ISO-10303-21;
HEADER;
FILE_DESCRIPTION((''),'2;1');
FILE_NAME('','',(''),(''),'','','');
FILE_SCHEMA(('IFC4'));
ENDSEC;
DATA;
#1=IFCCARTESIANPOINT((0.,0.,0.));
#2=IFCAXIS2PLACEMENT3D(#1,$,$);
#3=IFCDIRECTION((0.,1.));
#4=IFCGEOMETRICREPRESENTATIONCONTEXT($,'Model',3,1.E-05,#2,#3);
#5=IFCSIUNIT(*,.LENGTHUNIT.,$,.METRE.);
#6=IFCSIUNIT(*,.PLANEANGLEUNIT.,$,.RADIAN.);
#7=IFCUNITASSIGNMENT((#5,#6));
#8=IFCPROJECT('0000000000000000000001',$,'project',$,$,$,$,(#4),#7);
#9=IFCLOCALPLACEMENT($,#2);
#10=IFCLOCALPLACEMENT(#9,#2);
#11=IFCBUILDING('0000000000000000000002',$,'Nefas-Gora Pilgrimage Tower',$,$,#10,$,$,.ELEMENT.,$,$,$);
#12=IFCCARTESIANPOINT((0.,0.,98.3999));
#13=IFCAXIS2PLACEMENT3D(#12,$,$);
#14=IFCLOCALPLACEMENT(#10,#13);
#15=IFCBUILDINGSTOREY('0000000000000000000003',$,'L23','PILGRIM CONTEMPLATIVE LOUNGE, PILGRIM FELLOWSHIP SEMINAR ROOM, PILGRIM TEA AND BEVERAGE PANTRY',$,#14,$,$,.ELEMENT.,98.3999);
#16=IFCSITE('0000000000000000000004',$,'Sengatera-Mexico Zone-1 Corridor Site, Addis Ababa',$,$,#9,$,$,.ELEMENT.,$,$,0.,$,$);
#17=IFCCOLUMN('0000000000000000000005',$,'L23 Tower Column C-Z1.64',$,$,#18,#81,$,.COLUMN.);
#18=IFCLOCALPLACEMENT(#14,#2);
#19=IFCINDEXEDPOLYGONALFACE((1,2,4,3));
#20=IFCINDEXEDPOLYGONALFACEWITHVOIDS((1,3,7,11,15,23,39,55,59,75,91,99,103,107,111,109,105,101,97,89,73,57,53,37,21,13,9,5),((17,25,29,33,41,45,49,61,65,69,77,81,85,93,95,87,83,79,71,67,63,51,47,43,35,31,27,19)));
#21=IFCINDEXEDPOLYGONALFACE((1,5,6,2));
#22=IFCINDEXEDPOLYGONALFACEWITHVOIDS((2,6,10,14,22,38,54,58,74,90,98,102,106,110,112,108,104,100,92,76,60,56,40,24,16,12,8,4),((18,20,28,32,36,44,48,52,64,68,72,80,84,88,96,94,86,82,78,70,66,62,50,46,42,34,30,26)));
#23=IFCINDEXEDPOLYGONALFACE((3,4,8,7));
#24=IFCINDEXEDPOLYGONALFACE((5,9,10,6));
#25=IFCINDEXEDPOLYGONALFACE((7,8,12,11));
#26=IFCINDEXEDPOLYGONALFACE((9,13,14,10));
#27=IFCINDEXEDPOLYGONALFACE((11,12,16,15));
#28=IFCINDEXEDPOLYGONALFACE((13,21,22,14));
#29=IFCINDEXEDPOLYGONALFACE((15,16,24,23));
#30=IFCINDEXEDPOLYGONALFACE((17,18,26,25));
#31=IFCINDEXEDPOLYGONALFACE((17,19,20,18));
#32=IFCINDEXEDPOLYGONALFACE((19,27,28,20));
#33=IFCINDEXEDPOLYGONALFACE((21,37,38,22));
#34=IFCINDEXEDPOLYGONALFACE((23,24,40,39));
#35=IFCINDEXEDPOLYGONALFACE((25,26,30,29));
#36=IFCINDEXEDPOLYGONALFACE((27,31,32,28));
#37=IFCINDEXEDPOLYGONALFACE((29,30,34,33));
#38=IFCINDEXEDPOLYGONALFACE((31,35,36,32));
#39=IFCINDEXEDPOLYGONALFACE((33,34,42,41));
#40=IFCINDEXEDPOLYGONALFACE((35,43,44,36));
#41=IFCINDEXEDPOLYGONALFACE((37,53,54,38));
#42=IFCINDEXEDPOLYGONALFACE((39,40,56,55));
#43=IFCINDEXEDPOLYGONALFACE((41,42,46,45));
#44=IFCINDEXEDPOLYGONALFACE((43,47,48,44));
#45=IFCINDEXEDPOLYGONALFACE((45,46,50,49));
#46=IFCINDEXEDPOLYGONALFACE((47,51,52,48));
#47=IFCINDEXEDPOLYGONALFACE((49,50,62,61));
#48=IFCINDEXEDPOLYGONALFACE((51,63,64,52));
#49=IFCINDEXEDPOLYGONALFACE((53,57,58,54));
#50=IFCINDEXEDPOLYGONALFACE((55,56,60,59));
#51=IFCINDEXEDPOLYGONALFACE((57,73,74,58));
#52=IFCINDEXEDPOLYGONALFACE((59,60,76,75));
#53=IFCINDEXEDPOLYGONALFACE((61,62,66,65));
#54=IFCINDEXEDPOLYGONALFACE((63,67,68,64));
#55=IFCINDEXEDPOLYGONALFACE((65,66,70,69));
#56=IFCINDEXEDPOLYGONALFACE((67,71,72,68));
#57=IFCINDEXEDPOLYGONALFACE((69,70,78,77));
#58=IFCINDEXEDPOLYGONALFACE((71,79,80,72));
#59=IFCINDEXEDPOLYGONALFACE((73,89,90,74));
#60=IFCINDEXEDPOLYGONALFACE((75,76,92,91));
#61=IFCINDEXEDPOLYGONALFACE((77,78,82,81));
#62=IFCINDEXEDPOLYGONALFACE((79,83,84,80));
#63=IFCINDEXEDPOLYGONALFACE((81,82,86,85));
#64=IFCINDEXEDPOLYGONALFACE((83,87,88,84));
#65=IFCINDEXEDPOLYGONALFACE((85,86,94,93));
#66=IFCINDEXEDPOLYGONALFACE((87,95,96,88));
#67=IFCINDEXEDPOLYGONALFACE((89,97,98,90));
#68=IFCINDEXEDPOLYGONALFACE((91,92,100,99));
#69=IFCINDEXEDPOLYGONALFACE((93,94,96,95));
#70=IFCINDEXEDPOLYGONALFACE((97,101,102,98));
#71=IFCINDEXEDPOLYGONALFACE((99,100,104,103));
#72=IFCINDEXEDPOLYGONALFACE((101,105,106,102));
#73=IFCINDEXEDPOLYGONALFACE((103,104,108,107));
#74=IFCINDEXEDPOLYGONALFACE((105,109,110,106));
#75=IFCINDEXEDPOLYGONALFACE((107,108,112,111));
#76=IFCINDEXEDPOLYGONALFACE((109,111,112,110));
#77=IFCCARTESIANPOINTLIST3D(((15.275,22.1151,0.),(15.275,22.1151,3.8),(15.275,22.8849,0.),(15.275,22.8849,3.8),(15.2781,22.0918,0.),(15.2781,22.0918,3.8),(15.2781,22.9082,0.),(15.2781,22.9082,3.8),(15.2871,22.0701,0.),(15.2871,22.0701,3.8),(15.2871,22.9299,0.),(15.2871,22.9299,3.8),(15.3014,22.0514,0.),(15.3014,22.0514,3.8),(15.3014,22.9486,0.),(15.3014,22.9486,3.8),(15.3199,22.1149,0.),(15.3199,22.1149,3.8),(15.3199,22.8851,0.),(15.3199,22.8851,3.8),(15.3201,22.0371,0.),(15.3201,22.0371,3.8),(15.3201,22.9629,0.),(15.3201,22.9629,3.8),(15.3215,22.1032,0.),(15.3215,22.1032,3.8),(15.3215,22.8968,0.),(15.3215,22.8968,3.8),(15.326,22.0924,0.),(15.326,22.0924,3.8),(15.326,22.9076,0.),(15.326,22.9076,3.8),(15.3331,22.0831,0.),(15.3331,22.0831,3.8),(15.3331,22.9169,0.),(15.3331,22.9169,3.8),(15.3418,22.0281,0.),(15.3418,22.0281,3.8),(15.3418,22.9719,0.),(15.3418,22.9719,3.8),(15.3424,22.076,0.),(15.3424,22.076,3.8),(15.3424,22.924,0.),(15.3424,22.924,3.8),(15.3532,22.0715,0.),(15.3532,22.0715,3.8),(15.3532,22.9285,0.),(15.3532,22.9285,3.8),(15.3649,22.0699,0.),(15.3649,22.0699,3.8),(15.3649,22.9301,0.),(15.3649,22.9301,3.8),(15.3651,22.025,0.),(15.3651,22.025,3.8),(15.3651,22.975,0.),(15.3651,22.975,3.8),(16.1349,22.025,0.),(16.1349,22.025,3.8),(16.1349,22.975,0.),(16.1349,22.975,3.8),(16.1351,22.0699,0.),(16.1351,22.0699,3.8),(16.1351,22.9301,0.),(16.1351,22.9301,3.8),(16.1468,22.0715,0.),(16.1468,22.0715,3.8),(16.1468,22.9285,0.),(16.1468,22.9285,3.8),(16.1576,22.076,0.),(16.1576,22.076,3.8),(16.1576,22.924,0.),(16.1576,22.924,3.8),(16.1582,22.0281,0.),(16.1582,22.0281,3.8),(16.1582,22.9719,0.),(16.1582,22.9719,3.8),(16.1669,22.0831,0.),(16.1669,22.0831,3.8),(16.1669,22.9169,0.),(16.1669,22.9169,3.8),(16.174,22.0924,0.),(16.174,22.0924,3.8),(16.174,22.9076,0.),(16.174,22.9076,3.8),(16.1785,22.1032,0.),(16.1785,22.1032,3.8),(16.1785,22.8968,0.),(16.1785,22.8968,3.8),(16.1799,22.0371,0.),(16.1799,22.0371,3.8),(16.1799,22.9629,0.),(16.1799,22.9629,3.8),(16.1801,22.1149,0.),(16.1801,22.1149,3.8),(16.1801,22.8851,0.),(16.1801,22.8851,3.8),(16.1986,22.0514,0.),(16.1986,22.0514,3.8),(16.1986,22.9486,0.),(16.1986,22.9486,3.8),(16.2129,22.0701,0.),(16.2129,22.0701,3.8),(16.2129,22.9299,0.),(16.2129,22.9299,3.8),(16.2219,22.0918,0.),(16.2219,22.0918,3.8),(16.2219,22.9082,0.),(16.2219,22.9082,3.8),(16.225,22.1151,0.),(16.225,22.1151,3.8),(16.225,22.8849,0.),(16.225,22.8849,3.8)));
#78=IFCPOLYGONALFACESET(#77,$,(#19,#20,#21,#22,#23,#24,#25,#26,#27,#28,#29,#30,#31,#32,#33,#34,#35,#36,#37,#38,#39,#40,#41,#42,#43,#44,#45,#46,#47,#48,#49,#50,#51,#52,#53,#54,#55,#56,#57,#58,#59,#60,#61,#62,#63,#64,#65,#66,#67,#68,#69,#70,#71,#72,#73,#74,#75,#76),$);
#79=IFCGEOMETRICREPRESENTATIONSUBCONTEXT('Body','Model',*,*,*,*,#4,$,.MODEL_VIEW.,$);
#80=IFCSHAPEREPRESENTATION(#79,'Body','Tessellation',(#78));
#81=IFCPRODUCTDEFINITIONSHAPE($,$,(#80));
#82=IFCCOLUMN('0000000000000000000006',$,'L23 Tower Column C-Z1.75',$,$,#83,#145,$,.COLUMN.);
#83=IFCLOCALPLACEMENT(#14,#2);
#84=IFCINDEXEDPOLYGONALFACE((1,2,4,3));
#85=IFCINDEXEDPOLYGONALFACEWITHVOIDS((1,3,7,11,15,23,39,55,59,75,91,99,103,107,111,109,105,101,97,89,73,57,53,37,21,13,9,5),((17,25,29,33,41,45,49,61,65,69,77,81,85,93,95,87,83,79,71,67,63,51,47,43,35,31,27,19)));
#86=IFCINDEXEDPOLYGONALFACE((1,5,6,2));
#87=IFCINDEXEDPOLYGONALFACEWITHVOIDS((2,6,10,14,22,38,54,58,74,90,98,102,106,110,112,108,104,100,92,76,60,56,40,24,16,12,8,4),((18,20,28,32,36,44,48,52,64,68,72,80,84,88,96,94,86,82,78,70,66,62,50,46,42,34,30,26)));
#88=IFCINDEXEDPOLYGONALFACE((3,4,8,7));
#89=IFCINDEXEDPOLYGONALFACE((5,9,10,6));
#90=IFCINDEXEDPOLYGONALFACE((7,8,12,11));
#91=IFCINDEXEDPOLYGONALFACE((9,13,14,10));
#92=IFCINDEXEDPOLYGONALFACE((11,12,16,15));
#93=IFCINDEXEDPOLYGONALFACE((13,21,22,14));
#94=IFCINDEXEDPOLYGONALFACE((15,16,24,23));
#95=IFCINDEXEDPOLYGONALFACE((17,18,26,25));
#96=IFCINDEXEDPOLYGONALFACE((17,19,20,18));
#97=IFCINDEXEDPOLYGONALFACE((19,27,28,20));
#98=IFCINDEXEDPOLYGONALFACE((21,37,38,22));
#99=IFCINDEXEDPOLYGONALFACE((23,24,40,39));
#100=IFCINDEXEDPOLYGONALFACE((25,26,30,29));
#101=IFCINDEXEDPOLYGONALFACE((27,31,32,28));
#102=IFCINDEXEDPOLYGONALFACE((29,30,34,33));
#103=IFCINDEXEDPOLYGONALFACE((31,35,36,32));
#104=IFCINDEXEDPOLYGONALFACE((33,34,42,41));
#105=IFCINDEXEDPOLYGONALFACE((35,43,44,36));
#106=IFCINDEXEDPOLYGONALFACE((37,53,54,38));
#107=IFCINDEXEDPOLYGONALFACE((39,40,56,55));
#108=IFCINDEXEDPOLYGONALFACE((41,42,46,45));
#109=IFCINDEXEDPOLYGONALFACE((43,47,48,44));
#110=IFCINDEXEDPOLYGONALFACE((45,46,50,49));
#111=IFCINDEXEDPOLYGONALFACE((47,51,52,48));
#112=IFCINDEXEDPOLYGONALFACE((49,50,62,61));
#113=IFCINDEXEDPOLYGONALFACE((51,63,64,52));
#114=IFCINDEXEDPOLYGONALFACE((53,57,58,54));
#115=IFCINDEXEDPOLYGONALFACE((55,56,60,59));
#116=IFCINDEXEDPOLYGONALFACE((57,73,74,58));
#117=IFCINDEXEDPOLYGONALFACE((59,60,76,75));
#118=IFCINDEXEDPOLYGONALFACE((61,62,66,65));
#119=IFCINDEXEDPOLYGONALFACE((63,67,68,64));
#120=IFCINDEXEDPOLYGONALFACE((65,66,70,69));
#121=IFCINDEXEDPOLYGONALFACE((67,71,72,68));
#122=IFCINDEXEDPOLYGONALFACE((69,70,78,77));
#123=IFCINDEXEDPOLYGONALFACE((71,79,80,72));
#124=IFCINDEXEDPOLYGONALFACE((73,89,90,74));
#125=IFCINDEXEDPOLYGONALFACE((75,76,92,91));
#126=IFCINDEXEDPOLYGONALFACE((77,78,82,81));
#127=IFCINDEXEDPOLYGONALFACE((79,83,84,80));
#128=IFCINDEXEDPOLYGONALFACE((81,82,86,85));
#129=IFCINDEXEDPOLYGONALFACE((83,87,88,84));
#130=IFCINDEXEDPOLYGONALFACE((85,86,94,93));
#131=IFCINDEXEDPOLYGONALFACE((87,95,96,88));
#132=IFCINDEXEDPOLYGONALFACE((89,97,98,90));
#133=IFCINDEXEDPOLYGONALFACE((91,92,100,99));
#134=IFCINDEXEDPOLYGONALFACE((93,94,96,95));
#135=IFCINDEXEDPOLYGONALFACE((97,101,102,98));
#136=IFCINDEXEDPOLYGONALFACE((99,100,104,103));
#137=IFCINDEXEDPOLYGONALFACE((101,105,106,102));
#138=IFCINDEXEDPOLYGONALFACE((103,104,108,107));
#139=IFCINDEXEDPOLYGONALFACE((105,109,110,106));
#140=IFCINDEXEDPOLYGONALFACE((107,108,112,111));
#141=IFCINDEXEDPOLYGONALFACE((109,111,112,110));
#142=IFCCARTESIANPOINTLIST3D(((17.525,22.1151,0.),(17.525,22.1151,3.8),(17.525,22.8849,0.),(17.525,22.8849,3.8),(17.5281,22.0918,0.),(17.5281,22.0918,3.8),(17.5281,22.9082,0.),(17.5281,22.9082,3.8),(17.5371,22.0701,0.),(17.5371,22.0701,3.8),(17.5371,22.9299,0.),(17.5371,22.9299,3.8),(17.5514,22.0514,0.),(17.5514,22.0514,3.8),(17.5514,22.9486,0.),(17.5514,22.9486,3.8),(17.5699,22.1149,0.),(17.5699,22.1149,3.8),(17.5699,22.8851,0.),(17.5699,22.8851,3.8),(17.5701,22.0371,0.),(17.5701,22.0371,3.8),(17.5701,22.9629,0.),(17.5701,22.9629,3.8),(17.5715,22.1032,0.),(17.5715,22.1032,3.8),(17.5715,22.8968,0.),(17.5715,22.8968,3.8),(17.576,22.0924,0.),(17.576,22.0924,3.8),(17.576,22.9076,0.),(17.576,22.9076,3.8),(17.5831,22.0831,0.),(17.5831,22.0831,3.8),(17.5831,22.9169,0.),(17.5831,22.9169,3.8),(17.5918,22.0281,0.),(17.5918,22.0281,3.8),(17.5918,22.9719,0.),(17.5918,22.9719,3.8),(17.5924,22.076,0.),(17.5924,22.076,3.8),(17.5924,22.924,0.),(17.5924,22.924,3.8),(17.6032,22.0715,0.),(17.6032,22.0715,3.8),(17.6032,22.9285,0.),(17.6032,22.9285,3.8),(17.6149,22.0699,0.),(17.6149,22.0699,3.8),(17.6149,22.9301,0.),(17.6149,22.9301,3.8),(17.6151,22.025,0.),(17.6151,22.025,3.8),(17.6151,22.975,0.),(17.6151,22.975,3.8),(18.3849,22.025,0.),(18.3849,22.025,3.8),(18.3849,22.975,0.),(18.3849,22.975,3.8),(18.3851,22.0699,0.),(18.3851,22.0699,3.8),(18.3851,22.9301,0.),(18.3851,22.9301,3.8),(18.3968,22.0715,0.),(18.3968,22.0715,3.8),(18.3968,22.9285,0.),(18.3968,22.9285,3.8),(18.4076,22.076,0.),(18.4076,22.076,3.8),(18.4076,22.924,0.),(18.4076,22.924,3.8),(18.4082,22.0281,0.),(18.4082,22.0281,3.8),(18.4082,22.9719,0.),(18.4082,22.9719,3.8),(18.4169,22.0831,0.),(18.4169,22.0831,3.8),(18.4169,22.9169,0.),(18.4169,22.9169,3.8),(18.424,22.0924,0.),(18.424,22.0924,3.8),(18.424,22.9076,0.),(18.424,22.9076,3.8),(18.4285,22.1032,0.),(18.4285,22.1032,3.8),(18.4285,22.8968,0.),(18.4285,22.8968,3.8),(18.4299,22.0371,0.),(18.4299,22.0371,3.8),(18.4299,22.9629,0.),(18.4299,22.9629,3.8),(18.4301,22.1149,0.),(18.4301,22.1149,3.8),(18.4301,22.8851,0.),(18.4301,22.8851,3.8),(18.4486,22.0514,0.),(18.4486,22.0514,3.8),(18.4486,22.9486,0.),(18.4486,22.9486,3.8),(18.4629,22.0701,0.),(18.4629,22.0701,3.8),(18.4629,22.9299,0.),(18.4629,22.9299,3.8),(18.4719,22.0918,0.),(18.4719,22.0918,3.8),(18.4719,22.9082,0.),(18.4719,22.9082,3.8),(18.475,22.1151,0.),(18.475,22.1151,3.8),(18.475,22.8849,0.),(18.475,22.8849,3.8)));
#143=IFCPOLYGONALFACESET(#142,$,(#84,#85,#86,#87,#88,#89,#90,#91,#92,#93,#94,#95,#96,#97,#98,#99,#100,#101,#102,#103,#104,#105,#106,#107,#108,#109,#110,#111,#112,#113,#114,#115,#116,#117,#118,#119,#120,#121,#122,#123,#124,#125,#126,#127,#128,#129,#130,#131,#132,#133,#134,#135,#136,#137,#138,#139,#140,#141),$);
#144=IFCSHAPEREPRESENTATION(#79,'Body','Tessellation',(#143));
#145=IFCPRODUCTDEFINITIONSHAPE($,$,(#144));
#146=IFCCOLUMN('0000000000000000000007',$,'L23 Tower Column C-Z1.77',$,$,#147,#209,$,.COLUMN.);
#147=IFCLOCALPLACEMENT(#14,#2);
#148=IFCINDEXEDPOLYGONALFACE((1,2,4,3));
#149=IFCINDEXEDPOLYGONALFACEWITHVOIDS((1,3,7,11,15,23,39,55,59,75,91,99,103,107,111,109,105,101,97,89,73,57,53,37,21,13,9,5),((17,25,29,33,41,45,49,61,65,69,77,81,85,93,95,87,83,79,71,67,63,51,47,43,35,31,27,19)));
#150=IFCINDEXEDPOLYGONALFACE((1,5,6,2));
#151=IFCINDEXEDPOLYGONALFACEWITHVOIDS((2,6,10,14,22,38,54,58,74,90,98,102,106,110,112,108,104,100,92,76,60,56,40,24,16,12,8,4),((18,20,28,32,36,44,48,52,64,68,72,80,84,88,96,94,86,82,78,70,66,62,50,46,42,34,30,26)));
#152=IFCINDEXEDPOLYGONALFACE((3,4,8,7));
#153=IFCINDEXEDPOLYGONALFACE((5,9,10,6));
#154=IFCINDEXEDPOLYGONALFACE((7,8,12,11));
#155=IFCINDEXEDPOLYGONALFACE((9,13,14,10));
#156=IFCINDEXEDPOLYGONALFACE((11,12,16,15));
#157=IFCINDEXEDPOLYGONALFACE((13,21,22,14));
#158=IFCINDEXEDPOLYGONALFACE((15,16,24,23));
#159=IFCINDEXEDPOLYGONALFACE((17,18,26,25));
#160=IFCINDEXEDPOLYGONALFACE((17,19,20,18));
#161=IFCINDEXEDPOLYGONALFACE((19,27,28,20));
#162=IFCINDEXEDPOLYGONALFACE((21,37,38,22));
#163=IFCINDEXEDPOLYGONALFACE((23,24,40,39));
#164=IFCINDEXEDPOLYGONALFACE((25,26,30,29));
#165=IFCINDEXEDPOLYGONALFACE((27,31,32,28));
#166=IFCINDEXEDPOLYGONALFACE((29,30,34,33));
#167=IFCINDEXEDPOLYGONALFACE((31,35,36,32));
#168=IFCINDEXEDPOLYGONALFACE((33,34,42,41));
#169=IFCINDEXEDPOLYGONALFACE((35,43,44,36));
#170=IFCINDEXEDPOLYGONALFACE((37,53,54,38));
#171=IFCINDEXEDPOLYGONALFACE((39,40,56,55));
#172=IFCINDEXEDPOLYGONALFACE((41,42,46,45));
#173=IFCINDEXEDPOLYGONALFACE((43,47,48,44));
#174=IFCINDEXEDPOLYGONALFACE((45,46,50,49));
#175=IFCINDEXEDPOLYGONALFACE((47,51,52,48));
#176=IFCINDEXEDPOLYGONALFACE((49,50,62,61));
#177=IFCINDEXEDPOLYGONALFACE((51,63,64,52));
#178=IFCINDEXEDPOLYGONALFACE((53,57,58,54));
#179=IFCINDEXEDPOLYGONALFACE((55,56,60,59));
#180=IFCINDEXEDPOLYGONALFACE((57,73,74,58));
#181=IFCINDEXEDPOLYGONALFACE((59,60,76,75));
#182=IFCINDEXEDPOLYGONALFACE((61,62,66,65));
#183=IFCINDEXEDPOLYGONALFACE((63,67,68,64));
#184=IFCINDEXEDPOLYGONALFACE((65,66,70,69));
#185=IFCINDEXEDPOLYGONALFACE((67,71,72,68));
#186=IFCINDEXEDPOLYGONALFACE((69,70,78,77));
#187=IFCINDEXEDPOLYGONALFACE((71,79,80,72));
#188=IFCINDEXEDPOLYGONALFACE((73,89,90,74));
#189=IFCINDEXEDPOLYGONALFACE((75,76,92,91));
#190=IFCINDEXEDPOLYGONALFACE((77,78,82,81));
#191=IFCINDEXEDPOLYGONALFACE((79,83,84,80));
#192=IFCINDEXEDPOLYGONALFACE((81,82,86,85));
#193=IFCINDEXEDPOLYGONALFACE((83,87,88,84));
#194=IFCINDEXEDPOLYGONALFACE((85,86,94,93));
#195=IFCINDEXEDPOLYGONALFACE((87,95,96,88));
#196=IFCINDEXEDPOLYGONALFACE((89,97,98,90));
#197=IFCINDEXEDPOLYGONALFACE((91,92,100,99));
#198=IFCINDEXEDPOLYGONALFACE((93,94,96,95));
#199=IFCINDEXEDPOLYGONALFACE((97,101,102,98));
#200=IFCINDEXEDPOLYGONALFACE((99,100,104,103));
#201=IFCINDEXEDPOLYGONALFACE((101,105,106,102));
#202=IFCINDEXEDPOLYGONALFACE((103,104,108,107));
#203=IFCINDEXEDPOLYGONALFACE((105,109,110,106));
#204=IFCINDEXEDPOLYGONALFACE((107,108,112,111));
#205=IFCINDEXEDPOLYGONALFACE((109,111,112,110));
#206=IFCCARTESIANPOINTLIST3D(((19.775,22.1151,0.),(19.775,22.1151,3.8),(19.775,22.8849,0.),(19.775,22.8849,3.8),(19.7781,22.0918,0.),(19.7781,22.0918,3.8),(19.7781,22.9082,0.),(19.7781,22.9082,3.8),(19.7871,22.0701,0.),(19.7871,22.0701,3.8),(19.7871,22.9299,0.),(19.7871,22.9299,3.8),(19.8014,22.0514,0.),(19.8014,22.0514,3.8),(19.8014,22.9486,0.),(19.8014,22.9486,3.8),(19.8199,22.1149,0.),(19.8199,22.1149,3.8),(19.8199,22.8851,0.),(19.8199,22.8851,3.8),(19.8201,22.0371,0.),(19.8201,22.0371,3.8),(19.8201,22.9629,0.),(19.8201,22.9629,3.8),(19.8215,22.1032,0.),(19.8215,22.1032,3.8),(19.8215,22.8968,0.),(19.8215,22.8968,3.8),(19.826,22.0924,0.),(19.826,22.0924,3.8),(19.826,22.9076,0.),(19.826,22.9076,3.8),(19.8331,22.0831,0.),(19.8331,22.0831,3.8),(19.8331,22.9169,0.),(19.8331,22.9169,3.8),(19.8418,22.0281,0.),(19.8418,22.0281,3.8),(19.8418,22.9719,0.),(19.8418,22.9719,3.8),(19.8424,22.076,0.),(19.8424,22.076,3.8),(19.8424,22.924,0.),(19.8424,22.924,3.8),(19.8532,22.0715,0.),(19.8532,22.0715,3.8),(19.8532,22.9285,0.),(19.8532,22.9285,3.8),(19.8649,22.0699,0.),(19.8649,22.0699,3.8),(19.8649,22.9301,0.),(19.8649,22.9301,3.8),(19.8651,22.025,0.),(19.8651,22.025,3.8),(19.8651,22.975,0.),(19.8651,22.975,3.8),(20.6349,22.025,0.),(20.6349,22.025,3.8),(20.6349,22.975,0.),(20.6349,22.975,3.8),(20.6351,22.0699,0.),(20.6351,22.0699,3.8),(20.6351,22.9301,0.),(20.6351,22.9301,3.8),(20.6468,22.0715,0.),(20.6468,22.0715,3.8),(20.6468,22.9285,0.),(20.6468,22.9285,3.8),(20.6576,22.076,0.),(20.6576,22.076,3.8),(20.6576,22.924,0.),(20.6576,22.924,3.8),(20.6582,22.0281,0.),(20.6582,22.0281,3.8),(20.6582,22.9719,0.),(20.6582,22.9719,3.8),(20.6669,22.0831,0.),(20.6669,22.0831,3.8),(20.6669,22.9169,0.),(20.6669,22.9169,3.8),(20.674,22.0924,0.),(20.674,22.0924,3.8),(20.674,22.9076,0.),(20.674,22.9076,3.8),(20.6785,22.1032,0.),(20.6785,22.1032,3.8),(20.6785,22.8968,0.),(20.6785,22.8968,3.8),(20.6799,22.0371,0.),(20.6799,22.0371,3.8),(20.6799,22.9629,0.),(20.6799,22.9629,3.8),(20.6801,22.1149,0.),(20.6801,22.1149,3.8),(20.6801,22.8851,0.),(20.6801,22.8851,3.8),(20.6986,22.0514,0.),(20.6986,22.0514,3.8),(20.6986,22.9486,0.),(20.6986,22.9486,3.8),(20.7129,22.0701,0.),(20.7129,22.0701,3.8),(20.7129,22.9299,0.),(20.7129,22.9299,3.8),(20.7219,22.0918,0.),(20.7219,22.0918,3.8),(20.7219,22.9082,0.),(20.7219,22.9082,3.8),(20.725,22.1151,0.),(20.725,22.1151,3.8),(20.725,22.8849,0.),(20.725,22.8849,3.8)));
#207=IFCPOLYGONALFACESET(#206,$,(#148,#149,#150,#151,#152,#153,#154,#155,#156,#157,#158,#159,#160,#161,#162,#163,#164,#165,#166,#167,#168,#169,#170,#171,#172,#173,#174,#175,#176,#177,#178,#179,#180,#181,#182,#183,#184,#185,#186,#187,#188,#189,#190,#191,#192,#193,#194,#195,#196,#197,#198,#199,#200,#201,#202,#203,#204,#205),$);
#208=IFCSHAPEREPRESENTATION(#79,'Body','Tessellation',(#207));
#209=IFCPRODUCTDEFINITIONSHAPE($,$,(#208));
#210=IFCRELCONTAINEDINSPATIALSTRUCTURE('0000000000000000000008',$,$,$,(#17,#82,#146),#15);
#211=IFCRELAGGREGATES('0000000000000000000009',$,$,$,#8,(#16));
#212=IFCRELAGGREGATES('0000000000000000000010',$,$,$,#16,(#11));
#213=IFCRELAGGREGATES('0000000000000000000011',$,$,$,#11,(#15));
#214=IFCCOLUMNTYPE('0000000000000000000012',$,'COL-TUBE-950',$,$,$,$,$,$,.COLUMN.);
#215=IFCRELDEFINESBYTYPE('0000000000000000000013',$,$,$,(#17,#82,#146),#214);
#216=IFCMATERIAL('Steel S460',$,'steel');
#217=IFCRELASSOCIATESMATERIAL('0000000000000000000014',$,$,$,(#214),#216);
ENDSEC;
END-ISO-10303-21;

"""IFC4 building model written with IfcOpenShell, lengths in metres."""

from ifc_helpers import new_model, si_unit, direction, frame, origin, origin_2d, place, context, subcontext, project, spatial, hollow_rectangle, extrude, source, transform, mapped, material, material_profile, profile_set, type_object, element, save


model = new_model("IFC4")

# Units and contexts
model_context = context("Model", 3, precision=1e-05, world=origin(), true_north=direction((0.0, 1.0)))
body_context = subcontext(model_context, "Body", "Model", "MODEL_VIEW")
ifc_project = project(units=[si_unit("LENGTHUNIT", "METRE"), si_unit("PLANEANGLEUNIT", "RADIAN")], contexts=[model_context])

# Site, building, storey
site_placement = place(None, origin())
site = spatial("IfcSite", under=ifc_project, at=site_placement, Name="Sengatera-Mexico Zone-1 Corridor Site, Addis Ababa", CompositionType="ELEMENT", RefElevation=0.0)
building_placement = place(site_placement, origin())
building = spatial("IfcBuilding", under=site, at=building_placement, Name="Nefas-Gora Pilgrimage Tower", CompositionType="ELEMENT")
storey_placement = place(building_placement, frame((0.0, 0.0, 98.3999)))
storey = spatial("IfcBuildingStorey", under=building, at=storey_placement, Name="L23", Description="PILGRIM CONTEMPLATIVE LOUNGE, PILGRIM FELLOWSHIP SEMINAR ROOM, PILGRIM TEA AND BEVERAGE PANTRY", CompositionType="ELEMENT", Elevation=98.3999)

# Columns
ifc_material_1 = material(Name="Steel S460", Category="steel")
ifc_material_profile_1 = material_profile(ifc_material_1, hollow_rectangle(XDim=0.95, YDim=0.95, WallThickness=0.0449, InnerFilletRadius=0.0449, OuterFilletRadius=0.0901, at=origin_2d()), Name="BOX 950x950x45")
ifc_profile_set_1 = profile_set([ifc_material_profile_1], Name="Steel S460")
column_type_1 = type_object("IfcColumnType", Name="COL-TUBE-950", PredefinedType="COLUMN", material=ifc_profile_set_1)
shared_shape_1 = source(origin(), body_context, "Body", "SweptSolid", [
    extrude(hollow_rectangle(XDim=0.95, YDim=0.95, WallThickness=0.0449, InnerFilletRadius=0.0449, OuterFilletRadius=0.0901, at=origin_2d()), origin(), (0.0, 0.0, 1.0), 3.8),
])
for number, where, z_axis, x_axis, name in (
    (1, (15.75, 22.5, 0.0), (0.0, 0.0, 1.0), (1.0, 0.0, 0.0), "L23 Tower Column C-Z1.64"),
    (2, (18.0, 22.5, 0.0), (0.0, 0.0, 1.0), (1.0, 0.0, 0.0), "L23 Tower Column C-Z1.75"),
    (3, (20.25, 22.5, 0.0), (0.0, 0.0, 1.0), (1.0, 0.0, 0.0), "L23 Tower Column C-Z1.77"),
):
    element("IfcColumn", number, at=place(storey_placement, frame(where, z_axis=z_axis, x_axis=x_axis)), inside=storey, type_object=column_type_1, Name=name, PredefinedType="COLUMN", context=body_context, shape_type="MappedRepresentation", body=[
        mapped(shared_shape_1, transform((0.0, 0.0, 0.0), x_axis=(1.0, 0.0, 0.0), y_axis=(0.0, 1.0, 0.0), z_axis=(0.0, 0.0, 1.0), scale=1.0)),
    ])

save(model, "model.ifc")
